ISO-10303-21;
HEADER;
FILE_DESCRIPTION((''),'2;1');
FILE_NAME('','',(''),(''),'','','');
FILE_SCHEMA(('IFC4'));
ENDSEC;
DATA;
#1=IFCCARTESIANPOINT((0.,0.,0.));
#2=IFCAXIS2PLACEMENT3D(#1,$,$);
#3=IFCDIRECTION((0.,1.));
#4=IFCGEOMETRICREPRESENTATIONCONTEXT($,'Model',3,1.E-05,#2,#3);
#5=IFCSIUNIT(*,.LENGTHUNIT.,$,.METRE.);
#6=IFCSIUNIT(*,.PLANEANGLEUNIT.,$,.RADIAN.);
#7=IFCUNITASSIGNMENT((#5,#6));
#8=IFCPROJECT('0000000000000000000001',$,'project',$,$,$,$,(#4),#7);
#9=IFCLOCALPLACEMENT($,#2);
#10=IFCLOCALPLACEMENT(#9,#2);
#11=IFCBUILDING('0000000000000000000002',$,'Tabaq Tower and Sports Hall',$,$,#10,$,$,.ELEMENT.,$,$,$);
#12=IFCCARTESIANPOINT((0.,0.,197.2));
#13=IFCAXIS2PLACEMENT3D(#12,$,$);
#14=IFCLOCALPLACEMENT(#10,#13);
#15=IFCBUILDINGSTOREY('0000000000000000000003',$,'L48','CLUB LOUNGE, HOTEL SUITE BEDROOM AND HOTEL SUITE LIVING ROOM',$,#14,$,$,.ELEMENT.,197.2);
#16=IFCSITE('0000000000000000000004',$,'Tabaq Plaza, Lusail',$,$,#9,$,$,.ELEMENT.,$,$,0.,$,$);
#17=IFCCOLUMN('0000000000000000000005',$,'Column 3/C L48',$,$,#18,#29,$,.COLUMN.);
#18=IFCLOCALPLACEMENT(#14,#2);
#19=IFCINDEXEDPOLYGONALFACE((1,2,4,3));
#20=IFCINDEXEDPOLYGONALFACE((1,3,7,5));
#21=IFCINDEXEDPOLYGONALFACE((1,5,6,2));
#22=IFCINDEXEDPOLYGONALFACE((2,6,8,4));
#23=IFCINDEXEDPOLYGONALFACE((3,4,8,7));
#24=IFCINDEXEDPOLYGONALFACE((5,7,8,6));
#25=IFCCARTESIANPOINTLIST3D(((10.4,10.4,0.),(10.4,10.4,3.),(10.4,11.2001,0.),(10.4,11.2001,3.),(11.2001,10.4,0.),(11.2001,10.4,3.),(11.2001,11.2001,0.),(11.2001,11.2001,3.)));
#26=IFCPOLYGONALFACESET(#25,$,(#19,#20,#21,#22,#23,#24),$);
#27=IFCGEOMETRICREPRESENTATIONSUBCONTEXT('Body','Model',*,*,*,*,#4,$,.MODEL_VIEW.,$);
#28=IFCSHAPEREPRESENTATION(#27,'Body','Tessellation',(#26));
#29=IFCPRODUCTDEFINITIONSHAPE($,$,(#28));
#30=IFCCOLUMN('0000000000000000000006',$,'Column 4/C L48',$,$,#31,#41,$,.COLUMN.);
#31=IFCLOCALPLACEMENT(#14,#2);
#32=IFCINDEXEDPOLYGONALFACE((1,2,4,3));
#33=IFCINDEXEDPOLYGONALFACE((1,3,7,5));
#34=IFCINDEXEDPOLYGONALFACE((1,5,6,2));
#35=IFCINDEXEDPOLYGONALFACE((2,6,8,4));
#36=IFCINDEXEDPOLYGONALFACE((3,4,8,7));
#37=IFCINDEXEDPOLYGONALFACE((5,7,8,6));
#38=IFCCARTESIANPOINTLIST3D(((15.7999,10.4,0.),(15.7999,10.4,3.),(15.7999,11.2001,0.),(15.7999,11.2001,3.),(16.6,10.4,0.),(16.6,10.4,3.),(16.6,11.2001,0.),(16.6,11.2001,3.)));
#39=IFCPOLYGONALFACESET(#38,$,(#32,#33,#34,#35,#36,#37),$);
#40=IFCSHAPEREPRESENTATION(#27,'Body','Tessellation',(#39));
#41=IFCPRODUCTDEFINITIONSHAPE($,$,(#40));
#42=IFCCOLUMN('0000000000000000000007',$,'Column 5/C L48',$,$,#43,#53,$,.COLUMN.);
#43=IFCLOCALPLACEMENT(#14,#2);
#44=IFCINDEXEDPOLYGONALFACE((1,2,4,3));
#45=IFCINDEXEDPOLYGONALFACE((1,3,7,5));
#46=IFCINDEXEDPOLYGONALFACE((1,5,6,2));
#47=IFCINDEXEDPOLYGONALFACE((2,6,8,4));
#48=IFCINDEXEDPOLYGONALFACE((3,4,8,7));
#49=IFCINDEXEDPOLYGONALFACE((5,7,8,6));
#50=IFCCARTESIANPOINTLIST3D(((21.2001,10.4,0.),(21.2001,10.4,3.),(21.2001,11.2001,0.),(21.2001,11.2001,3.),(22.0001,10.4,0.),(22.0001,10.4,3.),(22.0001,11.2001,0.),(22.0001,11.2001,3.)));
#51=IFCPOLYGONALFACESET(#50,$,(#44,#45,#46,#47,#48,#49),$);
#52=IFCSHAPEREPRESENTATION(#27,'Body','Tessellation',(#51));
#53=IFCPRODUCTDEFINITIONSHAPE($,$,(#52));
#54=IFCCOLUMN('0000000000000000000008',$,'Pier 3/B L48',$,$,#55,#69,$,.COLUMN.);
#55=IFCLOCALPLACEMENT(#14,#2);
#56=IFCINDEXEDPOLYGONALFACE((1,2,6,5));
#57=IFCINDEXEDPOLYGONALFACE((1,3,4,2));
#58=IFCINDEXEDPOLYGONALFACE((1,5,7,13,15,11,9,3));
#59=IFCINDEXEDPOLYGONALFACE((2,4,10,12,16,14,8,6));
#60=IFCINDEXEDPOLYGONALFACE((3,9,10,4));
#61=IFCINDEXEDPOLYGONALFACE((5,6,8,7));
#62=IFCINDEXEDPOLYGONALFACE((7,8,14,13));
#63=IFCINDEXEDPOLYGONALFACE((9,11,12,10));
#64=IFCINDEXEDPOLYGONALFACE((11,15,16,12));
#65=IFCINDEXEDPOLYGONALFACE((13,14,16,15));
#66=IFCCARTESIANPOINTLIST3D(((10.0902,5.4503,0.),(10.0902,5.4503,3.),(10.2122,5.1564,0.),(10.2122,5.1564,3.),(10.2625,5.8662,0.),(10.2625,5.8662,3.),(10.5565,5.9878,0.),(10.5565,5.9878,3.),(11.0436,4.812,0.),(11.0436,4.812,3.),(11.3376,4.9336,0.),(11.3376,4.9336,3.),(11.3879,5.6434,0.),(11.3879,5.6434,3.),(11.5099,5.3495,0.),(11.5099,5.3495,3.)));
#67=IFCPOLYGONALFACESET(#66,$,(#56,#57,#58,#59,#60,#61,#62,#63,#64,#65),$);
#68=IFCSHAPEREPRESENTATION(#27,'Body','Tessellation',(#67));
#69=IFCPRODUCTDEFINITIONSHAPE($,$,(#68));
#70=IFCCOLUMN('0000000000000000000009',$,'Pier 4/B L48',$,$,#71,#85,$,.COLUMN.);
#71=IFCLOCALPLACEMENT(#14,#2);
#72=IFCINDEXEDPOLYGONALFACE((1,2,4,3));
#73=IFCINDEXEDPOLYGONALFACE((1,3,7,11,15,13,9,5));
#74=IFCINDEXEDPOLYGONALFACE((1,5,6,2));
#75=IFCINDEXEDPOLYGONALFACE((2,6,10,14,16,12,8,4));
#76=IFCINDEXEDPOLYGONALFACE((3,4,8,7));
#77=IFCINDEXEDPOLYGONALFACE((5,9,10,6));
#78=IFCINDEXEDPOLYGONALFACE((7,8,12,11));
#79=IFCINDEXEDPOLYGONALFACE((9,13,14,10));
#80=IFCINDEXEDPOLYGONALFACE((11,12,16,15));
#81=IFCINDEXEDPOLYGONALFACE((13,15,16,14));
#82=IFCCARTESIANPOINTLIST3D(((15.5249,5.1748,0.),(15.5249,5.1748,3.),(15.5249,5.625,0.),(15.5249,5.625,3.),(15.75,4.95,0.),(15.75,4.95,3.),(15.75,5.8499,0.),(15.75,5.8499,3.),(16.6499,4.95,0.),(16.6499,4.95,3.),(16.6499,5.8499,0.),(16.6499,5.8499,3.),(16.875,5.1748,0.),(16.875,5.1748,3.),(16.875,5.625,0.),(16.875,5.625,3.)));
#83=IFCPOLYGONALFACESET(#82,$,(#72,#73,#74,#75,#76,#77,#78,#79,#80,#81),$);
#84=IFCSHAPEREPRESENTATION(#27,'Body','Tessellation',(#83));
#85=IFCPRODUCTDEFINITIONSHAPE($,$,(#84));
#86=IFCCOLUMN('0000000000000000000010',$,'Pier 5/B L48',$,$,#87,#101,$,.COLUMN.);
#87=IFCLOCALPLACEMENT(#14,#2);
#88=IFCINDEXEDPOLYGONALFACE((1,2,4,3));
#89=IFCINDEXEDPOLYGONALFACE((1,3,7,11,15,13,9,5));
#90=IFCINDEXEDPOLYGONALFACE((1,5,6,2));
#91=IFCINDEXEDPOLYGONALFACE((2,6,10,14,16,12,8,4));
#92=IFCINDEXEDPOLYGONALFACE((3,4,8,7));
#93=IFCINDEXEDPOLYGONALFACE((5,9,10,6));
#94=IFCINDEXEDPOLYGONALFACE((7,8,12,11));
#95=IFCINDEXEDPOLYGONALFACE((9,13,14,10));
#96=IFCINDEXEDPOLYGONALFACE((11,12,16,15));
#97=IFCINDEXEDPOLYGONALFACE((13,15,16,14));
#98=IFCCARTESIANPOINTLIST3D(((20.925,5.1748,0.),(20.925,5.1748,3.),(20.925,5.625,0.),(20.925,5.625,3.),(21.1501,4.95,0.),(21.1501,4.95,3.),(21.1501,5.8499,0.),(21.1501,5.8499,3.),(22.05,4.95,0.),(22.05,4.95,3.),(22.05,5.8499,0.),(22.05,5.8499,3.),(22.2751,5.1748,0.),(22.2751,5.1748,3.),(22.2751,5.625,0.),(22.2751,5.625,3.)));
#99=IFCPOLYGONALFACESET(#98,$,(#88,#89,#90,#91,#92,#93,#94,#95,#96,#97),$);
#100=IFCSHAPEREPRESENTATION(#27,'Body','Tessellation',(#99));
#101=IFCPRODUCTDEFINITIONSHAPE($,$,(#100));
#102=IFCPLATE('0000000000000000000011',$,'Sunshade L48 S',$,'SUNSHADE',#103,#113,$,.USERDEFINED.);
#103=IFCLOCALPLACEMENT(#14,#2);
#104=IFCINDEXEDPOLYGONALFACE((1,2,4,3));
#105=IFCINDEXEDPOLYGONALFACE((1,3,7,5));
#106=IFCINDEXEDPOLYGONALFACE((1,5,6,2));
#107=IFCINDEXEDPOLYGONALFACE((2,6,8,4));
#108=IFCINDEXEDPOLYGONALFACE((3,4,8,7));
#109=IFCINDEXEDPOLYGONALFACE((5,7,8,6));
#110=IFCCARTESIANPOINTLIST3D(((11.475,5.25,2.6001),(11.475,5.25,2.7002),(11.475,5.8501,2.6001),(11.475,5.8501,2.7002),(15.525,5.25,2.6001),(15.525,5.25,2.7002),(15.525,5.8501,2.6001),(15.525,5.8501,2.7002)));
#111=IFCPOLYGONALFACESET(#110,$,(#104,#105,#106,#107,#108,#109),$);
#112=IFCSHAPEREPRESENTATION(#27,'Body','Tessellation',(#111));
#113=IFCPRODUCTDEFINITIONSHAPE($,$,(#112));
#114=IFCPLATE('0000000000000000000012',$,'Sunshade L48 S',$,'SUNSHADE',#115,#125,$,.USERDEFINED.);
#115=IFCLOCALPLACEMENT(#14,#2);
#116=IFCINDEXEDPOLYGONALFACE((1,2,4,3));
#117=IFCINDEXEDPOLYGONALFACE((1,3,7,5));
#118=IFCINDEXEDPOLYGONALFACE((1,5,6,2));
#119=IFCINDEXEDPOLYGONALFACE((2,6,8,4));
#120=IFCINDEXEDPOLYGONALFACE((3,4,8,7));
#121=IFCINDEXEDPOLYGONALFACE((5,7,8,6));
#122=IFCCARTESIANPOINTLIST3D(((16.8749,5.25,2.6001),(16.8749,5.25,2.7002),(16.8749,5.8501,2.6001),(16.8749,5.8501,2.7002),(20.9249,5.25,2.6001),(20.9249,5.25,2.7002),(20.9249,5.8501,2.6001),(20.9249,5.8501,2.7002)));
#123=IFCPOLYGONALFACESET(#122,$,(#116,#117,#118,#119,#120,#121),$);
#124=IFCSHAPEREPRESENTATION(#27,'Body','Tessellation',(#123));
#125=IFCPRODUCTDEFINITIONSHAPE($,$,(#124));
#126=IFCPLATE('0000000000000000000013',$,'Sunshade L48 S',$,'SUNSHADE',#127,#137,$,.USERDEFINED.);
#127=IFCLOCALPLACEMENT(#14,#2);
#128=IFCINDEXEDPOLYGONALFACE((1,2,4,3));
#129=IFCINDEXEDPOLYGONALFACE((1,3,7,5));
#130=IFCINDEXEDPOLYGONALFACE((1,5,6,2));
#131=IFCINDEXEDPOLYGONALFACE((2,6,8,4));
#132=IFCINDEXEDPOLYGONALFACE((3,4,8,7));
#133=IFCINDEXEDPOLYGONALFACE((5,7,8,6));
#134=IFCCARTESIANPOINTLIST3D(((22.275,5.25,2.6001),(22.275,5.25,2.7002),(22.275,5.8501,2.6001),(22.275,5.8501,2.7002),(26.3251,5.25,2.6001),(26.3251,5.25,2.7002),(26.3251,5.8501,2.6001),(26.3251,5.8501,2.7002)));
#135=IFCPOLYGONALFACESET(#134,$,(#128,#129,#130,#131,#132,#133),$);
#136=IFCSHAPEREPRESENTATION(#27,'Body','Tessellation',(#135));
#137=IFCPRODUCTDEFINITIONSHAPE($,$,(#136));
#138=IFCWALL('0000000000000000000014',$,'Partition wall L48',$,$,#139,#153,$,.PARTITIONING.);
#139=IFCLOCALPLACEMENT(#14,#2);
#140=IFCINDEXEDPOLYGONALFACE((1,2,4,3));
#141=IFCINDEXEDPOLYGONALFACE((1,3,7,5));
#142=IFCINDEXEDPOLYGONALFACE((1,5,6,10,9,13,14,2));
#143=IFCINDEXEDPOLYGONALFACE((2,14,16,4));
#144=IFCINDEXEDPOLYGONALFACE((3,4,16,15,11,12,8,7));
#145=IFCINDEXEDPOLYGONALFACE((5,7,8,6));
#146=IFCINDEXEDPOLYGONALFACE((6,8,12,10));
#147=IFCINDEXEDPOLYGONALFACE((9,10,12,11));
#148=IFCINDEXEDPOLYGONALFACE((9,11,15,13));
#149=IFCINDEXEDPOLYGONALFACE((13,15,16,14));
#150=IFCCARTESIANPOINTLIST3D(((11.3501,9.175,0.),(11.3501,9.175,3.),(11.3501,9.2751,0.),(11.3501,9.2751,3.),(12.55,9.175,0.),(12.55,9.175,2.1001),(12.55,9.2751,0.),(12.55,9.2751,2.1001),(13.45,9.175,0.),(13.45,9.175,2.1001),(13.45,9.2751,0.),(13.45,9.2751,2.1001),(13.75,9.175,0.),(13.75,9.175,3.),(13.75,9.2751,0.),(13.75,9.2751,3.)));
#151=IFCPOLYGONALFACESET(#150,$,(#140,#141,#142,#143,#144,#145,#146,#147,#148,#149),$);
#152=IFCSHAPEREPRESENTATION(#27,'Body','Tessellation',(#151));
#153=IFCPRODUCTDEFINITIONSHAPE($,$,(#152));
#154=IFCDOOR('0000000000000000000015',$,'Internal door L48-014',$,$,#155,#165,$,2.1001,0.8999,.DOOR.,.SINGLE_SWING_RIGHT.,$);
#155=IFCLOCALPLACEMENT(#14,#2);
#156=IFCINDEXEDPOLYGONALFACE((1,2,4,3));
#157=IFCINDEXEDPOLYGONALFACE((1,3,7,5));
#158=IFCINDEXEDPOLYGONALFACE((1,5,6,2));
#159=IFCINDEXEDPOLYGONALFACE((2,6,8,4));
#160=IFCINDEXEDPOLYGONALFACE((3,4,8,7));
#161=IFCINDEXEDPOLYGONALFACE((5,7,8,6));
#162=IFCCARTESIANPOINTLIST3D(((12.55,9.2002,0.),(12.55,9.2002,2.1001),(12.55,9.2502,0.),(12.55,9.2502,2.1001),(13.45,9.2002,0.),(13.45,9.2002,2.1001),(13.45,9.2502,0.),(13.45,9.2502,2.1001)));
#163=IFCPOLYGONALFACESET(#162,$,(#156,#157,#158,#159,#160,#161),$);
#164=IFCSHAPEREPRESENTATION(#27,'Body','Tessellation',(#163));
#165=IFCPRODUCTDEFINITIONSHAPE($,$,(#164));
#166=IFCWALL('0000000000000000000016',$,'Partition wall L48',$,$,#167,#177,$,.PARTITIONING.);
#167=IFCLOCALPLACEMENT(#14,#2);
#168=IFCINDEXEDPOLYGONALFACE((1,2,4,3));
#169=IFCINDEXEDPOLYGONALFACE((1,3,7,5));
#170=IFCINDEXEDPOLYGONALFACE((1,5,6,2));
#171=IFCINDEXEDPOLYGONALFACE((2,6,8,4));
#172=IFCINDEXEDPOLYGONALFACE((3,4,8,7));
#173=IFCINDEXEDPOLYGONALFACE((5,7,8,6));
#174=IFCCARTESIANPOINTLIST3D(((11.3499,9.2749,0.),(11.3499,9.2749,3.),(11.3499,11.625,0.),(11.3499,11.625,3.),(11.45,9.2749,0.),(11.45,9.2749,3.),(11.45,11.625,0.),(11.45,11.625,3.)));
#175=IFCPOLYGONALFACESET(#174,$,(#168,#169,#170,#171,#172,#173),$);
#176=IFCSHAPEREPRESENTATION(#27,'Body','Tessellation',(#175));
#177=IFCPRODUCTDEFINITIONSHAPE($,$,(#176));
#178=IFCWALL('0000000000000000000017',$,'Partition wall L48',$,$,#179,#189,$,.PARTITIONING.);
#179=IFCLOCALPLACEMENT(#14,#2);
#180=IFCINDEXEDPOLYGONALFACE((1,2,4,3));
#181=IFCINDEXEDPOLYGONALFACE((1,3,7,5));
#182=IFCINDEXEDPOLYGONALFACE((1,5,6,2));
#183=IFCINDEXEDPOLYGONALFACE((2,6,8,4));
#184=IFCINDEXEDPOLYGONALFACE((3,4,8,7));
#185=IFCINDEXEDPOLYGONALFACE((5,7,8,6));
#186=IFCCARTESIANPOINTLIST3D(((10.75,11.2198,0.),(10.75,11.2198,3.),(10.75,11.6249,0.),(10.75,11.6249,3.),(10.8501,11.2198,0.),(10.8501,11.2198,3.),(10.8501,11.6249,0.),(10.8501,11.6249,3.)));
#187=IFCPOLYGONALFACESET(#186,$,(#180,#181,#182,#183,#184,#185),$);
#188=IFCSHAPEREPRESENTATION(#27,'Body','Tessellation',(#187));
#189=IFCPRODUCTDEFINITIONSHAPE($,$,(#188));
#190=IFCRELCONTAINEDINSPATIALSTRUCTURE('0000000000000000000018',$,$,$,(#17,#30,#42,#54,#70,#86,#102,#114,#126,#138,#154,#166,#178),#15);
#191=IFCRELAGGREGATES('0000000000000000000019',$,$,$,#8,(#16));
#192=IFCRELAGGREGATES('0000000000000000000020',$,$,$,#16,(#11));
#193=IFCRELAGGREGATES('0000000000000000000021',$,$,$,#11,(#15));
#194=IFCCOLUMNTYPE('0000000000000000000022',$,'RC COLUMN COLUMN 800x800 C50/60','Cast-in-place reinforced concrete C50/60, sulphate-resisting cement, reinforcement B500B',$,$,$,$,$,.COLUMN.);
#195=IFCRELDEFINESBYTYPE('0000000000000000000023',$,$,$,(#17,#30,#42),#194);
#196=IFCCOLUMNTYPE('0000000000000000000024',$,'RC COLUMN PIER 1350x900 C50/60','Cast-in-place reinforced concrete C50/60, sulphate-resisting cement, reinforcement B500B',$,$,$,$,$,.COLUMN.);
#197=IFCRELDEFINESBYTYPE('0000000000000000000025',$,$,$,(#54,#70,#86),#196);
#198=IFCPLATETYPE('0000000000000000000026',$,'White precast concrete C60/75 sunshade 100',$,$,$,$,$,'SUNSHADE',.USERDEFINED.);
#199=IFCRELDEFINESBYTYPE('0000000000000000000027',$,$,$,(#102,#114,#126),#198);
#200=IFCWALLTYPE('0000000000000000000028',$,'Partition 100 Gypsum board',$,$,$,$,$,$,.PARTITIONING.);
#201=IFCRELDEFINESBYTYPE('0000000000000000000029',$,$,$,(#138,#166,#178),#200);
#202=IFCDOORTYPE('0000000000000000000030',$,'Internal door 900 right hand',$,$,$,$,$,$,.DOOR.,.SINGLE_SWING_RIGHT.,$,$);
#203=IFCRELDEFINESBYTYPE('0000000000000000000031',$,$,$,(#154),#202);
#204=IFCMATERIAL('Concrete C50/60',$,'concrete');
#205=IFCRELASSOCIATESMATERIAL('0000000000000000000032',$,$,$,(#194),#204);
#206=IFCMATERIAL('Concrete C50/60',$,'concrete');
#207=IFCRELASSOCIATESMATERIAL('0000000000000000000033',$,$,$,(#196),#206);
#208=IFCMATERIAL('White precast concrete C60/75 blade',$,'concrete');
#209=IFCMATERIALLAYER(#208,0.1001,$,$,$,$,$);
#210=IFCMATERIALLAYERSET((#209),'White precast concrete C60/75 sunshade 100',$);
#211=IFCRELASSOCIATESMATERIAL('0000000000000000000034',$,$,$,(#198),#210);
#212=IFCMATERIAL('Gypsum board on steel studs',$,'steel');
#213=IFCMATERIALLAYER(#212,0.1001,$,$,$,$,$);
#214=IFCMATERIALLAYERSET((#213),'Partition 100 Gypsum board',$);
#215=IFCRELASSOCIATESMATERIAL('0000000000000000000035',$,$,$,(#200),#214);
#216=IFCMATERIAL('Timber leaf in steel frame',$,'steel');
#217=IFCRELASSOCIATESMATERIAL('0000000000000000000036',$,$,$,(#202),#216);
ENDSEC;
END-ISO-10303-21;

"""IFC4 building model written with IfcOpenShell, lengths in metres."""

from ifc_helpers import new_model, si_unit, direction, frame, frame_2d, origin, origin_2d, place, context, subcontext, project, spatial, polyline, rectangle, outline, extrude, material, layer, layer_set, material_profile, profile_set, type_object, element, fill, save


model = new_model("IFC4")

# Units and contexts
model_context = context("Model", 3, precision=1e-05, world=origin(), true_north=direction((0.0, 1.0)))
body_context = subcontext(model_context, "Body", "Model", "MODEL_VIEW")
ifc_project = project(units=[si_unit("LENGTHUNIT", "METRE"), si_unit("PLANEANGLEUNIT", "RADIAN")], contexts=[model_context])

# Site, building, storey
site_placement = place(None, origin())
site = spatial("IfcSite", under=ifc_project, at=site_placement, Name="Tabaq Plaza, Lusail", CompositionType="ELEMENT", RefElevation=0.0)
building_placement = place(site_placement, origin())
building = spatial("IfcBuilding", under=site, at=building_placement, Name="Tabaq Tower and Sports Hall", CompositionType="ELEMENT")
storey_placement = place(building_placement, frame((0.0, 0.0, 197.2)))
storey = spatial("IfcBuildingStorey", under=building, at=storey_placement, Name="L48", Description="CLUB LOUNGE, HOTEL SUITE BEDROOM AND HOTEL SUITE LIVING ROOM", CompositionType="ELEMENT", Elevation=197.2)

# Columns
ifc_material_1 = material(Name="Concrete C50/60", Category="concrete")
ifc_material_profile_1 = material_profile(ifc_material_1, rectangle(XDim=0.8, YDim=0.8, at=origin_2d()), Name="COLUMN 800x800")
ifc_profile_set_1 = profile_set([ifc_material_profile_1], Name="Concrete C50/60")
column_type_1 = type_object("IfcColumnType", Name="RC COLUMN COLUMN 800x800 C50/60", Description="Cast-in-place reinforced concrete C50/60, sulphate-resisting cement, reinforcement B500B", PredefinedType="COLUMN", material=ifc_profile_set_1)
for number, where, z_axis, x_axis, name in (
    (1, (10.8, 10.8, 0.0), (0.0, 0.0, 1.0), (1.0, 0.0, 0.0), "Column 3/C L48"),
    (2, (16.2, 10.8, 0.0), (0.0, 0.0, 1.0), (1.0, 0.0, 0.0), "Column 4/C L48"),
    (3, (21.6001, 10.8, 0.0), (0.0, 0.0, 1.0), (1.0, 0.0, 0.0), "Column 5/C L48"),
):
    element("IfcColumn", number, at=place(storey_placement, frame(where, z_axis=z_axis, x_axis=x_axis)), inside=storey, type_object=column_type_1, Name=name, PredefinedType="COLUMN", context=body_context, shape_type="SweptSolid", body=[
        extrude(rectangle(XDim=0.8, YDim=0.8, at=origin_2d()), origin(), (0.0, 0.0, 1.0), 3.0),
    ])
ifc_material_2 = material(Name="Concrete C50/60", Category="concrete")
ifc_material_profile_2 = material_profile(ifc_material_2, outline(polyline([(-0.45, -0.45), (0.45, -0.45), (0.675, -0.2251), (0.675, 0.2251), (0.45, 0.45), (-0.45, 0.45), (-0.675, 0.2251), (-0.675, -0.2251), (-0.45, -0.45)])), Name="PIER 1350x900")
ifc_profile_set_2 = profile_set([ifc_material_profile_2], Name="Concrete C50/60")
column_type_2 = type_object("IfcColumnType", Name="RC COLUMN PIER 1350x900 C50/60", Description="Cast-in-place reinforced concrete C50/60, sulphate-resisting cement, reinforcement B500B", PredefinedType="COLUMN", material=ifc_profile_set_2)
for number, where, z_axis, x_axis, name in (
    (4, (10.8, 5.3999, 0.0), (0.0, 0.0, 1.0), (-0.92388, 0.382683, 0.0), "Pier 3/B L48"),
    (5, (16.2, 5.3999, 0.0), (0.0, 0.0, 1.0), (1.0, 0.0, 0.0), "Pier 4/B L48"),
    (6, (21.6001, 5.3999, 0.0), (0.0, 0.0, 1.0), (1.0, 0.0, 0.0), "Pier 5/B L48"),
):
    element("IfcColumn", number, at=place(storey_placement, frame(where, z_axis=z_axis, x_axis=x_axis)), inside=storey, type_object=column_type_2, Name=name, PredefinedType="COLUMN", context=body_context, shape_type="SweptSolid", body=[
        extrude(outline(polyline([(-0.45, -0.45), (0.45, -0.45), (0.675, -0.2251), (0.675, 0.2251), (0.45, 0.45), (-0.45, 0.45), (-0.675, 0.2251), (-0.675, -0.2251), (-0.45, -0.45)])), origin(), (0.0, 0.0, 1.0), 3.0),
    ])

# Plates
ifc_material_3 = material(Name="White precast concrete C60/75 blade", Category="concrete")
ifc_layer_1 = layer(ifc_material_3, 0.1001)
ifc_layer_set_1 = layer_set([ifc_layer_1], Name="White precast concrete C60/75 sunshade 100")
plate_type = type_object("IfcPlateType", Name="White precast concrete C60/75 sunshade 100", ElementType="SUNSHADE", PredefinedType="USERDEFINED", material=ifc_layer_set_1)
for number, where, z_axis, x_axis, name in (
    (7, (13.5, 5.55, 2.6001), (0.0, 0.0, 1.0), (1.0, 0.0, 0.0), "Sunshade L48 S"),
    (8, (18.8999, 5.55, 2.6001), (0.0, 0.0, 1.0), (1.0, 0.0, 0.0), "Sunshade L48 S"),
    (9, (24.3, 5.55, 2.6001), (0.0, 0.0, 1.0), (1.0, 0.0, 0.0), "Sunshade L48 S"),
):
    element("IfcPlate", number, at=place(storey_placement, frame(where, z_axis=z_axis, x_axis=x_axis)), inside=storey, type_object=plate_type, Name=name, ObjectType="SUNSHADE", PredefinedType="USERDEFINED", context=body_context, shape_type="SweptSolid", body=[
        extrude(rectangle(XDim=4.05, YDim=0.6001, at=origin_2d()), origin(), (0.0, 0.0, 1.0), 0.1001),
    ])

# Wall, opening, door
ifc_material_4 = material(Name="Gypsum board on steel studs", Category="steel")
ifc_layer_2 = layer(ifc_material_4, 0.1001)
ifc_layer_set_2 = layer_set([ifc_layer_2], Name="Partition 100 Gypsum board")
wall_type_1 = type_object("IfcWallType", Name="Partition 100 Gypsum board", PredefinedType="PARTITIONING", material=ifc_layer_set_2)
wall_1_placement = place(storey_placement, frame((13.75, 9.2251, 0.0), z_axis=(0.0, 0.0, 1.0), x_axis=(-1.0, 0.0, 0.0)))
wall_1 = element("IfcWall", 10, at=wall_1_placement, inside=storey, type_object=wall_type_1, Name="Partition wall L48", PredefinedType="PARTITIONING", context=body_context, shape_type="SweptSolid", body=[
    extrude(rectangle(XDim=2.3999, YDim=0.1001, at=frame_2d((1.2, 0.0))), origin(), (0.0, 0.0, 1.0), 3.0),
])
opening_1_placement = place(wall_1_placement, frame((0.3, 0.0, 0.0)))
opening_1 = element("IfcOpeningElement", 11, at=opening_1_placement, cuts=wall_1, PredefinedType="OPENING", context=body_context, shape_type="SweptSolid", body=[
    extrude(rectangle(XDim=0.8999, YDim=2.1001, at=frame_2d((0.45, 1.05))), frame((0.0, 0.05, 0.0), z_axis=(0.0, -1.0, 0.0), x_axis=(1.0, 0.0, 0.0)), (0.0, 0.0, 1.0), 0.1001),
])
ifc_material_5 = material(Name="Timber leaf in steel frame", Category="steel")
door_type_1 = type_object("IfcDoorType", Name="Internal door 900 right hand", OperationType="SINGLE_SWING_RIGHT", PredefinedType="DOOR", material=ifc_material_5)
door_1_placement = place(opening_1_placement, origin())
door_1 = element("IfcDoor", 12, at=door_1_placement, inside=storey, type_object=door_type_1, Name="Internal door L48-014", OperationType="SINGLE_SWING_RIGHT", OverallHeight=2.1001, OverallWidth=0.8999, PredefinedType="DOOR", context=body_context, shape_type="SweptSolid", body=[
    extrude(rectangle(XDim=0.8999, YDim=2.1001, at=frame_2d((0.45, 1.05))), frame((0.0, 0.0249, 0.0), z_axis=(0.0, -1.0, 0.0), x_axis=(1.0, 0.0, 0.0)), (0.0, 0.0, 1.0), 0.05),
])
fill(opening_1, door_1)

# Walls
wall_2_placement = place(storey_placement, frame((11.3999, 9.2749, 0.0), z_axis=(0.0, 0.0, 1.0), x_axis=(0.0, 1.0, 0.0)))
element("IfcWall", 13, at=wall_2_placement, inside=storey, type_object=wall_type_1, Name="Partition wall L48", PredefinedType="PARTITIONING", context=body_context, shape_type="SweptSolid", body=[
    extrude(rectangle(XDim=2.3501, YDim=0.1001, at=frame_2d((1.175, 0.0))), origin(), (0.0, 0.0, 1.0), 3.0),
])
wall_3_placement = place(storey_placement, frame((10.8, 11.625, 0.0), z_axis=(0.0, 0.0, 1.0), x_axis=(0.0, -1.0, 0.0)))
element("IfcWall", 14, at=wall_3_placement, inside=storey, type_object=wall_type_1, Name="Partition wall L48", PredefinedType="PARTITIONING", context=body_context, shape_type="SweptSolid", body=[
    extrude(rectangle(XDim=0.405, YDim=0.1001, at=frame_2d((0.2026, 0.0))), origin(), (0.0, 0.0, 1.0), 3.0),
])

save(model, "model.ifc")
